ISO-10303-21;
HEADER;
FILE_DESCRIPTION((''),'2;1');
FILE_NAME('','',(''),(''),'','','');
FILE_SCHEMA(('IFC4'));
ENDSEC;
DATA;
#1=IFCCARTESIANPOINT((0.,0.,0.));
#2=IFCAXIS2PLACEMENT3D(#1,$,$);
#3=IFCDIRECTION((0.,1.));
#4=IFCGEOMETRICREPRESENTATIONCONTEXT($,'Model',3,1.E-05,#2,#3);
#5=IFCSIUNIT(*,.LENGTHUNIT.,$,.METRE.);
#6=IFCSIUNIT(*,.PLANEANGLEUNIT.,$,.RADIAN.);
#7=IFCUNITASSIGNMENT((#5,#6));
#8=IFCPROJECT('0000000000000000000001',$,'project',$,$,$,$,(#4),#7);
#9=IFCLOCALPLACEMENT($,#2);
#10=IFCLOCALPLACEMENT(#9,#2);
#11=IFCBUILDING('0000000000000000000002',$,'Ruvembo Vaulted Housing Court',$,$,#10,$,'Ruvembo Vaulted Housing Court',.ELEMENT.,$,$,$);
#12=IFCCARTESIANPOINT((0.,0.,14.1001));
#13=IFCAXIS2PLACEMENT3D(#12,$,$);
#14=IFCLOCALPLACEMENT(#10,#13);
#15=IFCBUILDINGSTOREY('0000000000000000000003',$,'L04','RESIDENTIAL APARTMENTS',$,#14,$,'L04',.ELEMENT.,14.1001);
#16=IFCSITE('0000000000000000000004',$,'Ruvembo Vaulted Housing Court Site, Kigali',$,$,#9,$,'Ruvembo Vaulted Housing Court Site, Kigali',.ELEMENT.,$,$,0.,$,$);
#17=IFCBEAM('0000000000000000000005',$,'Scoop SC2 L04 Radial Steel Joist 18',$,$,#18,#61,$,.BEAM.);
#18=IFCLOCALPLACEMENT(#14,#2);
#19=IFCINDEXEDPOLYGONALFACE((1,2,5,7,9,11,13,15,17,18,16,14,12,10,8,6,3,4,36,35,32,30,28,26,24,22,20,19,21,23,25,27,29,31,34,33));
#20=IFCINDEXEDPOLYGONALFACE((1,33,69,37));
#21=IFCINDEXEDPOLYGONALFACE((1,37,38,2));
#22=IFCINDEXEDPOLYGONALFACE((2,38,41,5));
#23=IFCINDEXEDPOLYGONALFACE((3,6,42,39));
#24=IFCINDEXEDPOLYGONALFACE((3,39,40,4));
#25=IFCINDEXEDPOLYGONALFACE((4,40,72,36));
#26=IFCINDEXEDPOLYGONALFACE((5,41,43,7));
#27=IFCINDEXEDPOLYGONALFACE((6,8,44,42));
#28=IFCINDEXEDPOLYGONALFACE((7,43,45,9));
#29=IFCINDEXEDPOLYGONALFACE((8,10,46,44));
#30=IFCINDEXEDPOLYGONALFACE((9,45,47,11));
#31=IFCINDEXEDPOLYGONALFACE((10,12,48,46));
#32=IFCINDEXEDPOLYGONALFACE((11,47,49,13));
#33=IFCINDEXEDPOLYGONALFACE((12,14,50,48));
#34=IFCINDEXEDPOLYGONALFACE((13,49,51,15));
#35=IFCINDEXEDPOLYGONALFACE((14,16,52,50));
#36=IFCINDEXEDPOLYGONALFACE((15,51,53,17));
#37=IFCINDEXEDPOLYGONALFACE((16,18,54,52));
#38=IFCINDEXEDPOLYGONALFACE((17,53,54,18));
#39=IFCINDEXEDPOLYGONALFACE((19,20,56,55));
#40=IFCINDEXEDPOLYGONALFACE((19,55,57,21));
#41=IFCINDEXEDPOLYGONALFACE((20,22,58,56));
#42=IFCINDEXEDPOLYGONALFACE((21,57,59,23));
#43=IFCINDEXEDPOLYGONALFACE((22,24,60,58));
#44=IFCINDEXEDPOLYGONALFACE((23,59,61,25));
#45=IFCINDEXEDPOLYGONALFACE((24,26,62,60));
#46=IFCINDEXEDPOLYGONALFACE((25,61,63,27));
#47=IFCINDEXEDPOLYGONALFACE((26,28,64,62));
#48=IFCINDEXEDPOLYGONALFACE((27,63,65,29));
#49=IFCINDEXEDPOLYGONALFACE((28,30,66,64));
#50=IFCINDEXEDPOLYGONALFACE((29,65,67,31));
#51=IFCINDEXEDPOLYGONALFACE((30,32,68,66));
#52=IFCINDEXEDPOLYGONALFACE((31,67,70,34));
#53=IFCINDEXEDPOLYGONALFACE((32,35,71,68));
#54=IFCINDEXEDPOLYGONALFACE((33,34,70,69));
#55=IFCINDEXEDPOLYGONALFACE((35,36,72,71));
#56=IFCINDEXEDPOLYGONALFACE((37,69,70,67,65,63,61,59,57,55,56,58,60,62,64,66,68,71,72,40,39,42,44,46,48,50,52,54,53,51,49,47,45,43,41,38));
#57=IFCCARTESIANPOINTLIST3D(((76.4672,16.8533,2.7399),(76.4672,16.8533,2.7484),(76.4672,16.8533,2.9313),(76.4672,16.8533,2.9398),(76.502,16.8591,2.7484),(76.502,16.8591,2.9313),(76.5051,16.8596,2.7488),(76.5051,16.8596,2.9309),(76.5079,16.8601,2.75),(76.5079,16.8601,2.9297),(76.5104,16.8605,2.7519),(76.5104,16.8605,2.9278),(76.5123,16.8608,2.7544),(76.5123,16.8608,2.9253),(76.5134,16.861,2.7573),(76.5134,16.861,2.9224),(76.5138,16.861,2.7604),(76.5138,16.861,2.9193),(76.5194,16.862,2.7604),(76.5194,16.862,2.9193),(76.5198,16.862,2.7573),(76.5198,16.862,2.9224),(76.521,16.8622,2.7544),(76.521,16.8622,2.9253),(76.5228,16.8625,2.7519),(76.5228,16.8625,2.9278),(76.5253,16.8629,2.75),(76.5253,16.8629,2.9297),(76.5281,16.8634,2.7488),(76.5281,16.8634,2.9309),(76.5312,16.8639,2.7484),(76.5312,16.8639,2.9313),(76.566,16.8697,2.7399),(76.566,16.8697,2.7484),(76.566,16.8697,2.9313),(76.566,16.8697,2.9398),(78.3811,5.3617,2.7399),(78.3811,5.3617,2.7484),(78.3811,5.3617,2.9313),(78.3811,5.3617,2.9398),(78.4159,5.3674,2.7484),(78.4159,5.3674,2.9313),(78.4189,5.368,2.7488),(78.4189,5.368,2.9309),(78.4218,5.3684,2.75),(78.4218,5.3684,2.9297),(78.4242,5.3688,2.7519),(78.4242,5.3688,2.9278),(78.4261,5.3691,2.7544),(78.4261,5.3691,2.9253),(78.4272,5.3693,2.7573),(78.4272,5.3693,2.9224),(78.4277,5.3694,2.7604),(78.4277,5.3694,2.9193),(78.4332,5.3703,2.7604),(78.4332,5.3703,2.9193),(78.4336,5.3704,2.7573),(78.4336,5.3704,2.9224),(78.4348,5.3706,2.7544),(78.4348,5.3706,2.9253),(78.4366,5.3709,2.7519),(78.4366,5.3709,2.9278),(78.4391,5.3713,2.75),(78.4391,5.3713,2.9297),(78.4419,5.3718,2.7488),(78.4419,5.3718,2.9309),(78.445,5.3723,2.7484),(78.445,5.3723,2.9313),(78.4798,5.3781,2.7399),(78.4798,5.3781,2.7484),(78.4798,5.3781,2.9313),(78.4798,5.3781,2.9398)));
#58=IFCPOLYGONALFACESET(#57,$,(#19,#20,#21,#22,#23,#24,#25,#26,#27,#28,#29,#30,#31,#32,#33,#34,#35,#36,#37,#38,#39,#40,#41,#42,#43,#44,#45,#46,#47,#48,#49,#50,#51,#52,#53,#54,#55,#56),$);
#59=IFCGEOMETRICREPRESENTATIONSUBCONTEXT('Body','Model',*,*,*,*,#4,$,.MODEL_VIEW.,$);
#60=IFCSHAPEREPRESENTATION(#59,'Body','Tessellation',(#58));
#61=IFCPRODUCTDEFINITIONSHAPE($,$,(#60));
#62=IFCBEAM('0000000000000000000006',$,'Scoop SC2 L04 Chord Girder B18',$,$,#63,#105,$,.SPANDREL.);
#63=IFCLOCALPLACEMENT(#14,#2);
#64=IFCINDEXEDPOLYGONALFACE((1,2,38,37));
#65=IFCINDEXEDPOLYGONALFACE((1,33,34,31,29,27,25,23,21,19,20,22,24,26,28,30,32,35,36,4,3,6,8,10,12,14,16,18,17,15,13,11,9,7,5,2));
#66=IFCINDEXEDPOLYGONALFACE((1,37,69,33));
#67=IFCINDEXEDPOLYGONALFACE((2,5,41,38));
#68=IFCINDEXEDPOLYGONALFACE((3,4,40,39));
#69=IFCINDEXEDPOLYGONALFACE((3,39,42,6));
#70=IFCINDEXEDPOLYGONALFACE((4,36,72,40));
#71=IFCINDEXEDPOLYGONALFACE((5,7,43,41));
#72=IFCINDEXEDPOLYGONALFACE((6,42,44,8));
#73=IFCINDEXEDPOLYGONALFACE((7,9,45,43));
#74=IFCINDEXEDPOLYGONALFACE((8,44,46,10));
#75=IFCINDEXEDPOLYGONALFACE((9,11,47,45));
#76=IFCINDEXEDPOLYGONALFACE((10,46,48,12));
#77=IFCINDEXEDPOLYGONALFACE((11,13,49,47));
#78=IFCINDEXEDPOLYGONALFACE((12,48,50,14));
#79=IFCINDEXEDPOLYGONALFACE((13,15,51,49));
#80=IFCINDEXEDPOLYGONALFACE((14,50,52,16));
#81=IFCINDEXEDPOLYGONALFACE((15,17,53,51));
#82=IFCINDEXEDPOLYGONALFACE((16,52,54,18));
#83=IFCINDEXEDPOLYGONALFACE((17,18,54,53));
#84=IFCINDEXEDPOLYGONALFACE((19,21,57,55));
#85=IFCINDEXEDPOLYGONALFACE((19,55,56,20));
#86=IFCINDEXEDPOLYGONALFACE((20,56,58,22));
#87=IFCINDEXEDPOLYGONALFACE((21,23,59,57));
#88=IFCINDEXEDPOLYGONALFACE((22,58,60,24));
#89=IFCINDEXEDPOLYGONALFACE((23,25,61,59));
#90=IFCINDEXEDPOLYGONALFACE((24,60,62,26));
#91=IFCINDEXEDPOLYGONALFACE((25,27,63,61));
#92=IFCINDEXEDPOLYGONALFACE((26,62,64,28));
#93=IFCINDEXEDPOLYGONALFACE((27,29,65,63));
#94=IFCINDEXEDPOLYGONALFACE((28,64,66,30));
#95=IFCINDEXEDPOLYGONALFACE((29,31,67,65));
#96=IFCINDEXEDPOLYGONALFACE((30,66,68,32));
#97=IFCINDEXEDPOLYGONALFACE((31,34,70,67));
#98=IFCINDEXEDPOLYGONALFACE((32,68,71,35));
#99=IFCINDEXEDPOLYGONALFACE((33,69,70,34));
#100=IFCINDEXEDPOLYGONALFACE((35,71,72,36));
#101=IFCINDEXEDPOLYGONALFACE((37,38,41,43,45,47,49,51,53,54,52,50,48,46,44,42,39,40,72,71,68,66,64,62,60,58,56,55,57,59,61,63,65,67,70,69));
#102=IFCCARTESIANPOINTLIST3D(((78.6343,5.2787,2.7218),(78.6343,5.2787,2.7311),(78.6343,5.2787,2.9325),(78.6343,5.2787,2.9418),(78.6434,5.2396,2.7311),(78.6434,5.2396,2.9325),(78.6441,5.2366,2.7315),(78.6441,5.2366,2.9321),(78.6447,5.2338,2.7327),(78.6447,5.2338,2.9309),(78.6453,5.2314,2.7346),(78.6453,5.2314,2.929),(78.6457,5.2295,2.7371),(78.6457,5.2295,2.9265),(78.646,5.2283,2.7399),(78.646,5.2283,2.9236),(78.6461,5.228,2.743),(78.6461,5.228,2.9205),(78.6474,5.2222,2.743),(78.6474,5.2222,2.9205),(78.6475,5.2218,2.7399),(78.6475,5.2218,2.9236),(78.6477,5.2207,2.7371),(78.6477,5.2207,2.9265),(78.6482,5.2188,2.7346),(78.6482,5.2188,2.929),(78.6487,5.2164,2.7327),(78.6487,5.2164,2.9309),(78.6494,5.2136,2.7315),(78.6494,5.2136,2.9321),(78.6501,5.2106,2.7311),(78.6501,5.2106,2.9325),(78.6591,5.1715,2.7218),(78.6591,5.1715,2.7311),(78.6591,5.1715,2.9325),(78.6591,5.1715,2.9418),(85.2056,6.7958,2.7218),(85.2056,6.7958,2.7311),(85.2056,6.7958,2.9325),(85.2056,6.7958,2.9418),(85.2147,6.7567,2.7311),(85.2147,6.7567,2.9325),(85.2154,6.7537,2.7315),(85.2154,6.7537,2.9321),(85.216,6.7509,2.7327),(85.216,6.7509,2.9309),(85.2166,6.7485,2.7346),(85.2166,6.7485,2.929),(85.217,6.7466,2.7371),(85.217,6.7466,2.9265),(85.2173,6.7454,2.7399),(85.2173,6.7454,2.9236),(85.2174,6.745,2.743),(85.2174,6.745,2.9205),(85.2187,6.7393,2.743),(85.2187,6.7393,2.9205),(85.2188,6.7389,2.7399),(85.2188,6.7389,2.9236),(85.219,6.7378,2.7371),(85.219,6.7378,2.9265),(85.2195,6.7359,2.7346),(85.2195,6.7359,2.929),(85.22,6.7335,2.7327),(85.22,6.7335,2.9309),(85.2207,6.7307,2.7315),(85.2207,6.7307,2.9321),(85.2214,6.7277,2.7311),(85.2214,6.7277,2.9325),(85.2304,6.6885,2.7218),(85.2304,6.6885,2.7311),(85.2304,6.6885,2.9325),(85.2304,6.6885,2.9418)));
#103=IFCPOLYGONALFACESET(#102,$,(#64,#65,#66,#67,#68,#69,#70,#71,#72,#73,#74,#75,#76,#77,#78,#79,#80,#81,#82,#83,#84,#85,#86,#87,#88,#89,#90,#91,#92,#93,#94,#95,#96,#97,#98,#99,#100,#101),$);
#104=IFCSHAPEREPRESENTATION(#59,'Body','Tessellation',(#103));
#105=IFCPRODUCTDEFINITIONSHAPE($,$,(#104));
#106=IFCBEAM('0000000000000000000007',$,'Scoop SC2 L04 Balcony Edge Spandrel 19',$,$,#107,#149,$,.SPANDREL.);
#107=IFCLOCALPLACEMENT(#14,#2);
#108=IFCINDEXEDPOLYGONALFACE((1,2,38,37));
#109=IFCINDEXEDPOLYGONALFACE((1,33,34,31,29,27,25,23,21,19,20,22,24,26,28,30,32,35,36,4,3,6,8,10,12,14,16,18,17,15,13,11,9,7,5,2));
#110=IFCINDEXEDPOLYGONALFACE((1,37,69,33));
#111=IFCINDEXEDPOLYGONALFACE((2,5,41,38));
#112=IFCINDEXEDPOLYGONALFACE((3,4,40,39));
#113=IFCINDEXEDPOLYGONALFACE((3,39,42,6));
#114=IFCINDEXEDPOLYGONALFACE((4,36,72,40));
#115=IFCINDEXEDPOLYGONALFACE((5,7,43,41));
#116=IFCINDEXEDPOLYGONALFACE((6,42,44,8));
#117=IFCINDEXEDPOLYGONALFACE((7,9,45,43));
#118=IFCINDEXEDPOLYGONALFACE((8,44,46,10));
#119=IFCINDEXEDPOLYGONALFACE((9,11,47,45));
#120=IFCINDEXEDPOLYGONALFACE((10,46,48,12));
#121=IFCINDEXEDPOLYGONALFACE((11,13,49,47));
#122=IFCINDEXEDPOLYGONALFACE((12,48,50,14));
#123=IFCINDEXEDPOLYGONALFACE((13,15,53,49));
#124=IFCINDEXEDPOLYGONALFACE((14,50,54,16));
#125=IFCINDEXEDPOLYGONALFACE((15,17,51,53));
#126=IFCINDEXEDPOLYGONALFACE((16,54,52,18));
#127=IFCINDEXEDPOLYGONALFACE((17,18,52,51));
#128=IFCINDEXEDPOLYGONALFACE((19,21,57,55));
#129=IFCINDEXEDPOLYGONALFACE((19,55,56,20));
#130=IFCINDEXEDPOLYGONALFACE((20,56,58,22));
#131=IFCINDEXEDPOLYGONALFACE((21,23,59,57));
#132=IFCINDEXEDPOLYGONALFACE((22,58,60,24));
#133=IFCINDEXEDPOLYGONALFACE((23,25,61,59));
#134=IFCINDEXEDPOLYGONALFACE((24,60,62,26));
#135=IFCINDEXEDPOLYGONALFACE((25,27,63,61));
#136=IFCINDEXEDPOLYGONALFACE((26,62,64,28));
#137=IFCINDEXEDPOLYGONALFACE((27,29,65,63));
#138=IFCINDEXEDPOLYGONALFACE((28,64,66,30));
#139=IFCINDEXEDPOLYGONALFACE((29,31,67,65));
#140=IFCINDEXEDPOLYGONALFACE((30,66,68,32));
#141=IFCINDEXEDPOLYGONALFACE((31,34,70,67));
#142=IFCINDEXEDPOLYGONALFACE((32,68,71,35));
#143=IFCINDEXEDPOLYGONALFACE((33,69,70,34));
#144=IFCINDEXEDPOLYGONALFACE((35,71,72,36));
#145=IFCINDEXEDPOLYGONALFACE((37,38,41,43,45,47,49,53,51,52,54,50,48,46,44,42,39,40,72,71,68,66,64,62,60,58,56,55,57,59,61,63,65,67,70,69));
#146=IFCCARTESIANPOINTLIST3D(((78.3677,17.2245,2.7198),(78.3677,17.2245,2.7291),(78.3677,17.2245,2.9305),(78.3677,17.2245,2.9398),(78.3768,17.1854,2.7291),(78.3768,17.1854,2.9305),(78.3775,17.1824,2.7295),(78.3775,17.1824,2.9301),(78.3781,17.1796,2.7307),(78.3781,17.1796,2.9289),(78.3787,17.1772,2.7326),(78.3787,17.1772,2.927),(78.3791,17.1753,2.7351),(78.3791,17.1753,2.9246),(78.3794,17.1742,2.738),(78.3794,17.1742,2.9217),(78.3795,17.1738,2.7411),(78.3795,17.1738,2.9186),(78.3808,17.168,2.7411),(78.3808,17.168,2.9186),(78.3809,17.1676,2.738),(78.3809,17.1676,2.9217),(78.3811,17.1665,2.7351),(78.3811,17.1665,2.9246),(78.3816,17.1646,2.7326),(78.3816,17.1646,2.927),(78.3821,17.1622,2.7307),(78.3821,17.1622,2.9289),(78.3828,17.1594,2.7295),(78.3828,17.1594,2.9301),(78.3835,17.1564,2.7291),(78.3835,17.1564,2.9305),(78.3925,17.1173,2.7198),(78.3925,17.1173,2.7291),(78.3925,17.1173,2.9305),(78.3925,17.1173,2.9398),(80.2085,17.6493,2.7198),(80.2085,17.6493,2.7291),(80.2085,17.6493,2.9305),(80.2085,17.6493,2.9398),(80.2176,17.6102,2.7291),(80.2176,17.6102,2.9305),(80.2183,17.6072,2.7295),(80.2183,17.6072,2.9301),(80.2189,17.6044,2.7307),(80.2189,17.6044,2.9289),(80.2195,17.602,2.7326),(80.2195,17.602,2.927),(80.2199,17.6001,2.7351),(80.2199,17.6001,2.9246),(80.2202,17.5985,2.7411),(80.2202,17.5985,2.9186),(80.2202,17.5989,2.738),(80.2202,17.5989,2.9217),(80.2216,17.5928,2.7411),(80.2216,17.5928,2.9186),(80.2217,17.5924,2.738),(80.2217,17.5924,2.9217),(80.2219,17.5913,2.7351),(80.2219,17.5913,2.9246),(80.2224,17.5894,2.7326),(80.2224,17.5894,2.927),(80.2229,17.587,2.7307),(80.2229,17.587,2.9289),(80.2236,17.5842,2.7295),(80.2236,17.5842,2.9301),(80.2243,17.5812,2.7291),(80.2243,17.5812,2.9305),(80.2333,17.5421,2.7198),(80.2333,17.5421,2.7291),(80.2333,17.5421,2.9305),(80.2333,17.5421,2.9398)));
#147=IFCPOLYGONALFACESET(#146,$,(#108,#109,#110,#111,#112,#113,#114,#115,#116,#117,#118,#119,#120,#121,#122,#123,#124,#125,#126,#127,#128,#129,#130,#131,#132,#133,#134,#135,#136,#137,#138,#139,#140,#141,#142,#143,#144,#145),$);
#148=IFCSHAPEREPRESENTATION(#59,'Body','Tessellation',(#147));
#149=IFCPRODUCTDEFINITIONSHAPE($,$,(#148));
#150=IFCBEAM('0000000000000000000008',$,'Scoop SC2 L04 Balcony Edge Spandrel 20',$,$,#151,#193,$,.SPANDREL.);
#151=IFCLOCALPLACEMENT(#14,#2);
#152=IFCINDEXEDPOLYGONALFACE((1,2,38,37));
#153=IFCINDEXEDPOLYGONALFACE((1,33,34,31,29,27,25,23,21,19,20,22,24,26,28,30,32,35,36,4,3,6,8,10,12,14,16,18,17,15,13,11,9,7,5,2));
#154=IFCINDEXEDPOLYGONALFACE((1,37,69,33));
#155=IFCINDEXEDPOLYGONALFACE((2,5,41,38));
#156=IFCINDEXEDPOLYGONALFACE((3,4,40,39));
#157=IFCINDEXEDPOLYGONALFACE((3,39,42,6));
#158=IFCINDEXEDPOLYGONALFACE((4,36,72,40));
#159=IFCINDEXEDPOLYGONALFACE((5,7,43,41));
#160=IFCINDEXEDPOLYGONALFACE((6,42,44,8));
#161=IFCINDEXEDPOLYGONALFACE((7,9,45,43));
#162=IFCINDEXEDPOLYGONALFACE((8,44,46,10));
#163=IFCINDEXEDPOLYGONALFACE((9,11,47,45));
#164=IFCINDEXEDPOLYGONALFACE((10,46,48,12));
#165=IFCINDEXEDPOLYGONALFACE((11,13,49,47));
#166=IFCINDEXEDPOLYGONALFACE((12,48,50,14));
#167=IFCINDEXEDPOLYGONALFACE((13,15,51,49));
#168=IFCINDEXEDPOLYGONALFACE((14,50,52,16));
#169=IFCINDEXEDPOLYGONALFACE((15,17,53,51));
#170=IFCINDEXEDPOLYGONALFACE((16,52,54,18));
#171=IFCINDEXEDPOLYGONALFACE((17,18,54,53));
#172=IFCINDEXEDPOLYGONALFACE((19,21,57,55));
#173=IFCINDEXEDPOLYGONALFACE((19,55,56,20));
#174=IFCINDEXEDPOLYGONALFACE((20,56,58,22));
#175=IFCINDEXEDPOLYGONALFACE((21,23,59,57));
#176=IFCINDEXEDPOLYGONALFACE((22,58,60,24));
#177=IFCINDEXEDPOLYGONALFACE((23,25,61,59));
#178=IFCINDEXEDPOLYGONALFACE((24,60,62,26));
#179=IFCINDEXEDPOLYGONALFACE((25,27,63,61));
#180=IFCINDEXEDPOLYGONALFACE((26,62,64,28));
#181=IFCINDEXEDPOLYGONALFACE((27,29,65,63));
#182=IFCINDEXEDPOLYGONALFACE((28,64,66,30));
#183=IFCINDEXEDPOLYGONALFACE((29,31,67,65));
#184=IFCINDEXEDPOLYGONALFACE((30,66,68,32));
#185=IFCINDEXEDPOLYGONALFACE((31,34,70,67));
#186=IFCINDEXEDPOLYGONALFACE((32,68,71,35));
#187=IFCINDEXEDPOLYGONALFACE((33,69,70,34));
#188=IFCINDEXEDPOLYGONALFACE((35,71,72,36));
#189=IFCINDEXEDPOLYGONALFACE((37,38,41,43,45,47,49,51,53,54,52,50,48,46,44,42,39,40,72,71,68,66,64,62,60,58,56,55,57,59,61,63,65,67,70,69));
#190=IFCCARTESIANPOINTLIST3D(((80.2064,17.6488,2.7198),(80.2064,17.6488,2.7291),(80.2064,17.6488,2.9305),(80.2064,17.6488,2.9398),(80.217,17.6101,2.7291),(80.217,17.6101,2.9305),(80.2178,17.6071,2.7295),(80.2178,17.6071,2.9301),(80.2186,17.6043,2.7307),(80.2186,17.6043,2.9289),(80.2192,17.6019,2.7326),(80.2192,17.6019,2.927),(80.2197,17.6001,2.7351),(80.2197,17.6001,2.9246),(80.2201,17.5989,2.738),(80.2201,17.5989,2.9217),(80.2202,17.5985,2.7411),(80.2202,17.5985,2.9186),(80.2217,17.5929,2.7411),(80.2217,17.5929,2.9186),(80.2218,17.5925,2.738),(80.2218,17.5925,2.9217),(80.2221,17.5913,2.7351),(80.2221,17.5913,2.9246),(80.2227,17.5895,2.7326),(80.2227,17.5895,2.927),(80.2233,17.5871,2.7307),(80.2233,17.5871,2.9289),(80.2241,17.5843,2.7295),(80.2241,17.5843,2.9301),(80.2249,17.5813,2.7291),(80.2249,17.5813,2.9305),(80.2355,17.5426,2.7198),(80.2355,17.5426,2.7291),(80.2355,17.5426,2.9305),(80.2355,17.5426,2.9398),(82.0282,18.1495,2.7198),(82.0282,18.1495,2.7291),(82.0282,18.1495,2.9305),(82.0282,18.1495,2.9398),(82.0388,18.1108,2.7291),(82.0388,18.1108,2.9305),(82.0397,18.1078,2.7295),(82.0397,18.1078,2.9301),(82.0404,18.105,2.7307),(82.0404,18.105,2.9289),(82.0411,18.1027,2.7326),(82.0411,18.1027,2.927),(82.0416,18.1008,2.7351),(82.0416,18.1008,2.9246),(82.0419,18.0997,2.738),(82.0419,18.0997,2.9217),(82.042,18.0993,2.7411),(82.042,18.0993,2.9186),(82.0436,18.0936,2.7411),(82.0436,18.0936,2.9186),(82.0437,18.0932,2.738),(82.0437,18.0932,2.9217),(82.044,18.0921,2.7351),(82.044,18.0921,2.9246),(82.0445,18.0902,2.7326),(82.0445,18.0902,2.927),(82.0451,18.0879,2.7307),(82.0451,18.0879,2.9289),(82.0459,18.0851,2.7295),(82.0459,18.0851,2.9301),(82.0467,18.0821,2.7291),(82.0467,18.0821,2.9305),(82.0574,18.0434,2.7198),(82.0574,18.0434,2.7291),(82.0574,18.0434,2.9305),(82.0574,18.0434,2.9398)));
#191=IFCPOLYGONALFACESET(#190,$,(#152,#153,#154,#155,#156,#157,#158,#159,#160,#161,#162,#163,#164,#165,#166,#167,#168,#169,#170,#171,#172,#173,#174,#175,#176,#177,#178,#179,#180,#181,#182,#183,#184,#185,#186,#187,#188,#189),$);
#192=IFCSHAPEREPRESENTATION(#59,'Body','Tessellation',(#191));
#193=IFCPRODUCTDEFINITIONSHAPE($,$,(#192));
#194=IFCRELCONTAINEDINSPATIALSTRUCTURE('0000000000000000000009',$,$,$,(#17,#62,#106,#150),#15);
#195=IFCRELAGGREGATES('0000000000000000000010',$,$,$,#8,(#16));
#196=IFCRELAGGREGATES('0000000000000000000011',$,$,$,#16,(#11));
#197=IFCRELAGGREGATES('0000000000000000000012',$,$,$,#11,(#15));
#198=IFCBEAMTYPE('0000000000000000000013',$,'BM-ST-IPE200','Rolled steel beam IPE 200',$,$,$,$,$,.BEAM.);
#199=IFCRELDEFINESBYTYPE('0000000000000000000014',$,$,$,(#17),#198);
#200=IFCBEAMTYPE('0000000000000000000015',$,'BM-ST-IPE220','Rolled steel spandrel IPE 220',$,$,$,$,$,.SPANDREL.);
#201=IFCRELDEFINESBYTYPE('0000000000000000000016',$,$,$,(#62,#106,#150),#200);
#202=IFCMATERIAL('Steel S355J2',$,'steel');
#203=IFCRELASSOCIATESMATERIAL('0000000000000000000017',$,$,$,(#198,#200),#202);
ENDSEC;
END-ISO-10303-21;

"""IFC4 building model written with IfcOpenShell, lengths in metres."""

from ifc_helpers import new_model, si_unit, direction, frame, origin, origin_2d, place, context, subcontext, project, spatial, i_section, extrude, material, material_profile, profile_set, type_object, element, save


model = new_model("IFC4")

# Units and contexts
model_context = context("Model", 3, precision=1e-05, world=origin(), true_north=direction((0.0, 1.0)))
body_context = subcontext(model_context, "Body", "Model", "MODEL_VIEW")
ifc_project = project(units=[si_unit("LENGTHUNIT", "METRE"), si_unit("PLANEANGLEUNIT", "RADIAN")], contexts=[model_context])

# Site, building, storey
site_placement = place(None, origin())
site = spatial("IfcSite", under=ifc_project, at=site_placement, Name="Ruvembo Vaulted Housing Court Site, Kigali", LongName="Ruvembo Vaulted Housing Court Site, Kigali", CompositionType="ELEMENT", RefElevation=0.0)
building_placement = place(site_placement, origin())
building = spatial("IfcBuilding", under=site, at=building_placement, Name="Ruvembo Vaulted Housing Court", LongName="Ruvembo Vaulted Housing Court", CompositionType="ELEMENT")
storey_placement = place(building_placement, frame((0.0, 0.0, 14.1001)))
storey = spatial("IfcBuildingStorey", under=building, at=storey_placement, Name="L04", Description="RESIDENTIAL APARTMENTS", LongName="L04", CompositionType="ELEMENT", Elevation=14.1001)

# Beams
ifc_material_1 = material(Name="Steel S355J2", Category="steel")
ifc_material_profile_1 = material_profile(ifc_material_1, i_section(OverallWidth=0.1001, OverallDepth=0.2, WebThickness=0.0056, FlangeThickness=0.0085, FilletRadius=0.012, at=origin_2d()), Name="IPE 200")
ifc_profile_set_1 = profile_set([ifc_material_profile_1], Name="Steel S355J2")
beam_type_1 = type_object("IfcBeamType", Name="BM-ST-IPE200", Description="Rolled steel beam IPE 200", PredefinedType="BEAM", material=ifc_profile_set_1)
beam_1_placement = place(storey_placement, frame((78.4304, 5.3699, 2.8398), z_axis=(-0.164277, 0.986414, 0.0), x_axis=(-0.986414, -0.164277, 0.0)))
element("IfcBeam", 1, at=beam_1_placement, inside=storey, type_object=beam_type_1, Name="Scoop SC2 L04 Radial Steel Joist 18", PredefinedType="BEAM", context=body_context, shape_type="SweptSolid", body=[
    extrude(i_section(OverallWidth=0.1001, OverallDepth=0.2, WebThickness=0.0056, FlangeThickness=0.0085, FilletRadius=0.012, at=origin_2d()), origin(), (0.0, 0.0, 1.0), 11.6499),
])
ifc_material_profile_2 = material_profile(ifc_material_1, i_section(OverallWidth=0.1101, OverallDepth=0.22, WebThickness=0.0059, FlangeThickness=0.0093, FilletRadius=0.012, at=origin_2d()), Name="IPE 220")
ifc_profile_set_2 = profile_set([ifc_material_profile_2], Name="Steel S355J2")
beam_type_2 = type_object("IfcBeamType", Name="BM-ST-IPE220", Description="Rolled steel spandrel IPE 220", PredefinedType="SPANDREL", material=ifc_profile_set_2)
beam_2_placement = place(storey_placement, frame((78.6467, 5.2251, 2.8318), z_axis=(0.97437, 0.224949, 0.0), x_axis=(-0.224949, 0.97437, 0.0)))
element("IfcBeam", 2, at=beam_2_placement, inside=storey, type_object=beam_type_2, Name="Scoop SC2 L04 Chord Girder B18", PredefinedType="SPANDREL", context=body_context, shape_type="SweptSolid", body=[
    extrude(i_section(OverallWidth=0.1101, OverallDepth=0.22, WebThickness=0.0059, FlangeThickness=0.0093, FilletRadius=0.012, at=origin_2d()), origin(), (0.0, 0.0, 1.0), 6.7441),
])
beam_3_placement = place(storey_placement, frame((78.3801, 17.1709, 2.8298), z_axis=(0.974391, 0.22486, 0.0), x_axis=(-0.22486, 0.974391, 0.0)))
element("IfcBeam", 3, at=beam_3_placement, inside=storey, type_object=beam_type_2, Name="Scoop SC2 L04 Balcony Edge Spandrel 19", PredefinedType="SPANDREL", context=body_context, shape_type="SweptSolid", body=[
    extrude(i_section(OverallWidth=0.1101, OverallDepth=0.22, WebThickness=0.0059, FlangeThickness=0.0093, FilletRadius=0.012, at=origin_2d()), origin(), (0.0, 0.0, 1.0), 1.8892),
])
beam_4_placement = place(storey_placement, frame((80.2209, 17.5957, 2.8298), z_axis=(0.96424, 0.26503, 0.0), x_axis=(-0.26503, 0.96424, 0.0)))
element("IfcBeam", 4, at=beam_4_placement, inside=storey, type_object=beam_type_2, Name="Scoop SC2 L04 Balcony Edge Spandrel 20", PredefinedType="SPANDREL", context=body_context, shape_type="SweptSolid", body=[
    extrude(i_section(OverallWidth=0.1101, OverallDepth=0.22, WebThickness=0.0059, FlangeThickness=0.0093, FilletRadius=0.012, at=origin_2d()), origin(), (0.0, 0.0, 1.0), 1.8894),
])

save(model, "model.ifc")
